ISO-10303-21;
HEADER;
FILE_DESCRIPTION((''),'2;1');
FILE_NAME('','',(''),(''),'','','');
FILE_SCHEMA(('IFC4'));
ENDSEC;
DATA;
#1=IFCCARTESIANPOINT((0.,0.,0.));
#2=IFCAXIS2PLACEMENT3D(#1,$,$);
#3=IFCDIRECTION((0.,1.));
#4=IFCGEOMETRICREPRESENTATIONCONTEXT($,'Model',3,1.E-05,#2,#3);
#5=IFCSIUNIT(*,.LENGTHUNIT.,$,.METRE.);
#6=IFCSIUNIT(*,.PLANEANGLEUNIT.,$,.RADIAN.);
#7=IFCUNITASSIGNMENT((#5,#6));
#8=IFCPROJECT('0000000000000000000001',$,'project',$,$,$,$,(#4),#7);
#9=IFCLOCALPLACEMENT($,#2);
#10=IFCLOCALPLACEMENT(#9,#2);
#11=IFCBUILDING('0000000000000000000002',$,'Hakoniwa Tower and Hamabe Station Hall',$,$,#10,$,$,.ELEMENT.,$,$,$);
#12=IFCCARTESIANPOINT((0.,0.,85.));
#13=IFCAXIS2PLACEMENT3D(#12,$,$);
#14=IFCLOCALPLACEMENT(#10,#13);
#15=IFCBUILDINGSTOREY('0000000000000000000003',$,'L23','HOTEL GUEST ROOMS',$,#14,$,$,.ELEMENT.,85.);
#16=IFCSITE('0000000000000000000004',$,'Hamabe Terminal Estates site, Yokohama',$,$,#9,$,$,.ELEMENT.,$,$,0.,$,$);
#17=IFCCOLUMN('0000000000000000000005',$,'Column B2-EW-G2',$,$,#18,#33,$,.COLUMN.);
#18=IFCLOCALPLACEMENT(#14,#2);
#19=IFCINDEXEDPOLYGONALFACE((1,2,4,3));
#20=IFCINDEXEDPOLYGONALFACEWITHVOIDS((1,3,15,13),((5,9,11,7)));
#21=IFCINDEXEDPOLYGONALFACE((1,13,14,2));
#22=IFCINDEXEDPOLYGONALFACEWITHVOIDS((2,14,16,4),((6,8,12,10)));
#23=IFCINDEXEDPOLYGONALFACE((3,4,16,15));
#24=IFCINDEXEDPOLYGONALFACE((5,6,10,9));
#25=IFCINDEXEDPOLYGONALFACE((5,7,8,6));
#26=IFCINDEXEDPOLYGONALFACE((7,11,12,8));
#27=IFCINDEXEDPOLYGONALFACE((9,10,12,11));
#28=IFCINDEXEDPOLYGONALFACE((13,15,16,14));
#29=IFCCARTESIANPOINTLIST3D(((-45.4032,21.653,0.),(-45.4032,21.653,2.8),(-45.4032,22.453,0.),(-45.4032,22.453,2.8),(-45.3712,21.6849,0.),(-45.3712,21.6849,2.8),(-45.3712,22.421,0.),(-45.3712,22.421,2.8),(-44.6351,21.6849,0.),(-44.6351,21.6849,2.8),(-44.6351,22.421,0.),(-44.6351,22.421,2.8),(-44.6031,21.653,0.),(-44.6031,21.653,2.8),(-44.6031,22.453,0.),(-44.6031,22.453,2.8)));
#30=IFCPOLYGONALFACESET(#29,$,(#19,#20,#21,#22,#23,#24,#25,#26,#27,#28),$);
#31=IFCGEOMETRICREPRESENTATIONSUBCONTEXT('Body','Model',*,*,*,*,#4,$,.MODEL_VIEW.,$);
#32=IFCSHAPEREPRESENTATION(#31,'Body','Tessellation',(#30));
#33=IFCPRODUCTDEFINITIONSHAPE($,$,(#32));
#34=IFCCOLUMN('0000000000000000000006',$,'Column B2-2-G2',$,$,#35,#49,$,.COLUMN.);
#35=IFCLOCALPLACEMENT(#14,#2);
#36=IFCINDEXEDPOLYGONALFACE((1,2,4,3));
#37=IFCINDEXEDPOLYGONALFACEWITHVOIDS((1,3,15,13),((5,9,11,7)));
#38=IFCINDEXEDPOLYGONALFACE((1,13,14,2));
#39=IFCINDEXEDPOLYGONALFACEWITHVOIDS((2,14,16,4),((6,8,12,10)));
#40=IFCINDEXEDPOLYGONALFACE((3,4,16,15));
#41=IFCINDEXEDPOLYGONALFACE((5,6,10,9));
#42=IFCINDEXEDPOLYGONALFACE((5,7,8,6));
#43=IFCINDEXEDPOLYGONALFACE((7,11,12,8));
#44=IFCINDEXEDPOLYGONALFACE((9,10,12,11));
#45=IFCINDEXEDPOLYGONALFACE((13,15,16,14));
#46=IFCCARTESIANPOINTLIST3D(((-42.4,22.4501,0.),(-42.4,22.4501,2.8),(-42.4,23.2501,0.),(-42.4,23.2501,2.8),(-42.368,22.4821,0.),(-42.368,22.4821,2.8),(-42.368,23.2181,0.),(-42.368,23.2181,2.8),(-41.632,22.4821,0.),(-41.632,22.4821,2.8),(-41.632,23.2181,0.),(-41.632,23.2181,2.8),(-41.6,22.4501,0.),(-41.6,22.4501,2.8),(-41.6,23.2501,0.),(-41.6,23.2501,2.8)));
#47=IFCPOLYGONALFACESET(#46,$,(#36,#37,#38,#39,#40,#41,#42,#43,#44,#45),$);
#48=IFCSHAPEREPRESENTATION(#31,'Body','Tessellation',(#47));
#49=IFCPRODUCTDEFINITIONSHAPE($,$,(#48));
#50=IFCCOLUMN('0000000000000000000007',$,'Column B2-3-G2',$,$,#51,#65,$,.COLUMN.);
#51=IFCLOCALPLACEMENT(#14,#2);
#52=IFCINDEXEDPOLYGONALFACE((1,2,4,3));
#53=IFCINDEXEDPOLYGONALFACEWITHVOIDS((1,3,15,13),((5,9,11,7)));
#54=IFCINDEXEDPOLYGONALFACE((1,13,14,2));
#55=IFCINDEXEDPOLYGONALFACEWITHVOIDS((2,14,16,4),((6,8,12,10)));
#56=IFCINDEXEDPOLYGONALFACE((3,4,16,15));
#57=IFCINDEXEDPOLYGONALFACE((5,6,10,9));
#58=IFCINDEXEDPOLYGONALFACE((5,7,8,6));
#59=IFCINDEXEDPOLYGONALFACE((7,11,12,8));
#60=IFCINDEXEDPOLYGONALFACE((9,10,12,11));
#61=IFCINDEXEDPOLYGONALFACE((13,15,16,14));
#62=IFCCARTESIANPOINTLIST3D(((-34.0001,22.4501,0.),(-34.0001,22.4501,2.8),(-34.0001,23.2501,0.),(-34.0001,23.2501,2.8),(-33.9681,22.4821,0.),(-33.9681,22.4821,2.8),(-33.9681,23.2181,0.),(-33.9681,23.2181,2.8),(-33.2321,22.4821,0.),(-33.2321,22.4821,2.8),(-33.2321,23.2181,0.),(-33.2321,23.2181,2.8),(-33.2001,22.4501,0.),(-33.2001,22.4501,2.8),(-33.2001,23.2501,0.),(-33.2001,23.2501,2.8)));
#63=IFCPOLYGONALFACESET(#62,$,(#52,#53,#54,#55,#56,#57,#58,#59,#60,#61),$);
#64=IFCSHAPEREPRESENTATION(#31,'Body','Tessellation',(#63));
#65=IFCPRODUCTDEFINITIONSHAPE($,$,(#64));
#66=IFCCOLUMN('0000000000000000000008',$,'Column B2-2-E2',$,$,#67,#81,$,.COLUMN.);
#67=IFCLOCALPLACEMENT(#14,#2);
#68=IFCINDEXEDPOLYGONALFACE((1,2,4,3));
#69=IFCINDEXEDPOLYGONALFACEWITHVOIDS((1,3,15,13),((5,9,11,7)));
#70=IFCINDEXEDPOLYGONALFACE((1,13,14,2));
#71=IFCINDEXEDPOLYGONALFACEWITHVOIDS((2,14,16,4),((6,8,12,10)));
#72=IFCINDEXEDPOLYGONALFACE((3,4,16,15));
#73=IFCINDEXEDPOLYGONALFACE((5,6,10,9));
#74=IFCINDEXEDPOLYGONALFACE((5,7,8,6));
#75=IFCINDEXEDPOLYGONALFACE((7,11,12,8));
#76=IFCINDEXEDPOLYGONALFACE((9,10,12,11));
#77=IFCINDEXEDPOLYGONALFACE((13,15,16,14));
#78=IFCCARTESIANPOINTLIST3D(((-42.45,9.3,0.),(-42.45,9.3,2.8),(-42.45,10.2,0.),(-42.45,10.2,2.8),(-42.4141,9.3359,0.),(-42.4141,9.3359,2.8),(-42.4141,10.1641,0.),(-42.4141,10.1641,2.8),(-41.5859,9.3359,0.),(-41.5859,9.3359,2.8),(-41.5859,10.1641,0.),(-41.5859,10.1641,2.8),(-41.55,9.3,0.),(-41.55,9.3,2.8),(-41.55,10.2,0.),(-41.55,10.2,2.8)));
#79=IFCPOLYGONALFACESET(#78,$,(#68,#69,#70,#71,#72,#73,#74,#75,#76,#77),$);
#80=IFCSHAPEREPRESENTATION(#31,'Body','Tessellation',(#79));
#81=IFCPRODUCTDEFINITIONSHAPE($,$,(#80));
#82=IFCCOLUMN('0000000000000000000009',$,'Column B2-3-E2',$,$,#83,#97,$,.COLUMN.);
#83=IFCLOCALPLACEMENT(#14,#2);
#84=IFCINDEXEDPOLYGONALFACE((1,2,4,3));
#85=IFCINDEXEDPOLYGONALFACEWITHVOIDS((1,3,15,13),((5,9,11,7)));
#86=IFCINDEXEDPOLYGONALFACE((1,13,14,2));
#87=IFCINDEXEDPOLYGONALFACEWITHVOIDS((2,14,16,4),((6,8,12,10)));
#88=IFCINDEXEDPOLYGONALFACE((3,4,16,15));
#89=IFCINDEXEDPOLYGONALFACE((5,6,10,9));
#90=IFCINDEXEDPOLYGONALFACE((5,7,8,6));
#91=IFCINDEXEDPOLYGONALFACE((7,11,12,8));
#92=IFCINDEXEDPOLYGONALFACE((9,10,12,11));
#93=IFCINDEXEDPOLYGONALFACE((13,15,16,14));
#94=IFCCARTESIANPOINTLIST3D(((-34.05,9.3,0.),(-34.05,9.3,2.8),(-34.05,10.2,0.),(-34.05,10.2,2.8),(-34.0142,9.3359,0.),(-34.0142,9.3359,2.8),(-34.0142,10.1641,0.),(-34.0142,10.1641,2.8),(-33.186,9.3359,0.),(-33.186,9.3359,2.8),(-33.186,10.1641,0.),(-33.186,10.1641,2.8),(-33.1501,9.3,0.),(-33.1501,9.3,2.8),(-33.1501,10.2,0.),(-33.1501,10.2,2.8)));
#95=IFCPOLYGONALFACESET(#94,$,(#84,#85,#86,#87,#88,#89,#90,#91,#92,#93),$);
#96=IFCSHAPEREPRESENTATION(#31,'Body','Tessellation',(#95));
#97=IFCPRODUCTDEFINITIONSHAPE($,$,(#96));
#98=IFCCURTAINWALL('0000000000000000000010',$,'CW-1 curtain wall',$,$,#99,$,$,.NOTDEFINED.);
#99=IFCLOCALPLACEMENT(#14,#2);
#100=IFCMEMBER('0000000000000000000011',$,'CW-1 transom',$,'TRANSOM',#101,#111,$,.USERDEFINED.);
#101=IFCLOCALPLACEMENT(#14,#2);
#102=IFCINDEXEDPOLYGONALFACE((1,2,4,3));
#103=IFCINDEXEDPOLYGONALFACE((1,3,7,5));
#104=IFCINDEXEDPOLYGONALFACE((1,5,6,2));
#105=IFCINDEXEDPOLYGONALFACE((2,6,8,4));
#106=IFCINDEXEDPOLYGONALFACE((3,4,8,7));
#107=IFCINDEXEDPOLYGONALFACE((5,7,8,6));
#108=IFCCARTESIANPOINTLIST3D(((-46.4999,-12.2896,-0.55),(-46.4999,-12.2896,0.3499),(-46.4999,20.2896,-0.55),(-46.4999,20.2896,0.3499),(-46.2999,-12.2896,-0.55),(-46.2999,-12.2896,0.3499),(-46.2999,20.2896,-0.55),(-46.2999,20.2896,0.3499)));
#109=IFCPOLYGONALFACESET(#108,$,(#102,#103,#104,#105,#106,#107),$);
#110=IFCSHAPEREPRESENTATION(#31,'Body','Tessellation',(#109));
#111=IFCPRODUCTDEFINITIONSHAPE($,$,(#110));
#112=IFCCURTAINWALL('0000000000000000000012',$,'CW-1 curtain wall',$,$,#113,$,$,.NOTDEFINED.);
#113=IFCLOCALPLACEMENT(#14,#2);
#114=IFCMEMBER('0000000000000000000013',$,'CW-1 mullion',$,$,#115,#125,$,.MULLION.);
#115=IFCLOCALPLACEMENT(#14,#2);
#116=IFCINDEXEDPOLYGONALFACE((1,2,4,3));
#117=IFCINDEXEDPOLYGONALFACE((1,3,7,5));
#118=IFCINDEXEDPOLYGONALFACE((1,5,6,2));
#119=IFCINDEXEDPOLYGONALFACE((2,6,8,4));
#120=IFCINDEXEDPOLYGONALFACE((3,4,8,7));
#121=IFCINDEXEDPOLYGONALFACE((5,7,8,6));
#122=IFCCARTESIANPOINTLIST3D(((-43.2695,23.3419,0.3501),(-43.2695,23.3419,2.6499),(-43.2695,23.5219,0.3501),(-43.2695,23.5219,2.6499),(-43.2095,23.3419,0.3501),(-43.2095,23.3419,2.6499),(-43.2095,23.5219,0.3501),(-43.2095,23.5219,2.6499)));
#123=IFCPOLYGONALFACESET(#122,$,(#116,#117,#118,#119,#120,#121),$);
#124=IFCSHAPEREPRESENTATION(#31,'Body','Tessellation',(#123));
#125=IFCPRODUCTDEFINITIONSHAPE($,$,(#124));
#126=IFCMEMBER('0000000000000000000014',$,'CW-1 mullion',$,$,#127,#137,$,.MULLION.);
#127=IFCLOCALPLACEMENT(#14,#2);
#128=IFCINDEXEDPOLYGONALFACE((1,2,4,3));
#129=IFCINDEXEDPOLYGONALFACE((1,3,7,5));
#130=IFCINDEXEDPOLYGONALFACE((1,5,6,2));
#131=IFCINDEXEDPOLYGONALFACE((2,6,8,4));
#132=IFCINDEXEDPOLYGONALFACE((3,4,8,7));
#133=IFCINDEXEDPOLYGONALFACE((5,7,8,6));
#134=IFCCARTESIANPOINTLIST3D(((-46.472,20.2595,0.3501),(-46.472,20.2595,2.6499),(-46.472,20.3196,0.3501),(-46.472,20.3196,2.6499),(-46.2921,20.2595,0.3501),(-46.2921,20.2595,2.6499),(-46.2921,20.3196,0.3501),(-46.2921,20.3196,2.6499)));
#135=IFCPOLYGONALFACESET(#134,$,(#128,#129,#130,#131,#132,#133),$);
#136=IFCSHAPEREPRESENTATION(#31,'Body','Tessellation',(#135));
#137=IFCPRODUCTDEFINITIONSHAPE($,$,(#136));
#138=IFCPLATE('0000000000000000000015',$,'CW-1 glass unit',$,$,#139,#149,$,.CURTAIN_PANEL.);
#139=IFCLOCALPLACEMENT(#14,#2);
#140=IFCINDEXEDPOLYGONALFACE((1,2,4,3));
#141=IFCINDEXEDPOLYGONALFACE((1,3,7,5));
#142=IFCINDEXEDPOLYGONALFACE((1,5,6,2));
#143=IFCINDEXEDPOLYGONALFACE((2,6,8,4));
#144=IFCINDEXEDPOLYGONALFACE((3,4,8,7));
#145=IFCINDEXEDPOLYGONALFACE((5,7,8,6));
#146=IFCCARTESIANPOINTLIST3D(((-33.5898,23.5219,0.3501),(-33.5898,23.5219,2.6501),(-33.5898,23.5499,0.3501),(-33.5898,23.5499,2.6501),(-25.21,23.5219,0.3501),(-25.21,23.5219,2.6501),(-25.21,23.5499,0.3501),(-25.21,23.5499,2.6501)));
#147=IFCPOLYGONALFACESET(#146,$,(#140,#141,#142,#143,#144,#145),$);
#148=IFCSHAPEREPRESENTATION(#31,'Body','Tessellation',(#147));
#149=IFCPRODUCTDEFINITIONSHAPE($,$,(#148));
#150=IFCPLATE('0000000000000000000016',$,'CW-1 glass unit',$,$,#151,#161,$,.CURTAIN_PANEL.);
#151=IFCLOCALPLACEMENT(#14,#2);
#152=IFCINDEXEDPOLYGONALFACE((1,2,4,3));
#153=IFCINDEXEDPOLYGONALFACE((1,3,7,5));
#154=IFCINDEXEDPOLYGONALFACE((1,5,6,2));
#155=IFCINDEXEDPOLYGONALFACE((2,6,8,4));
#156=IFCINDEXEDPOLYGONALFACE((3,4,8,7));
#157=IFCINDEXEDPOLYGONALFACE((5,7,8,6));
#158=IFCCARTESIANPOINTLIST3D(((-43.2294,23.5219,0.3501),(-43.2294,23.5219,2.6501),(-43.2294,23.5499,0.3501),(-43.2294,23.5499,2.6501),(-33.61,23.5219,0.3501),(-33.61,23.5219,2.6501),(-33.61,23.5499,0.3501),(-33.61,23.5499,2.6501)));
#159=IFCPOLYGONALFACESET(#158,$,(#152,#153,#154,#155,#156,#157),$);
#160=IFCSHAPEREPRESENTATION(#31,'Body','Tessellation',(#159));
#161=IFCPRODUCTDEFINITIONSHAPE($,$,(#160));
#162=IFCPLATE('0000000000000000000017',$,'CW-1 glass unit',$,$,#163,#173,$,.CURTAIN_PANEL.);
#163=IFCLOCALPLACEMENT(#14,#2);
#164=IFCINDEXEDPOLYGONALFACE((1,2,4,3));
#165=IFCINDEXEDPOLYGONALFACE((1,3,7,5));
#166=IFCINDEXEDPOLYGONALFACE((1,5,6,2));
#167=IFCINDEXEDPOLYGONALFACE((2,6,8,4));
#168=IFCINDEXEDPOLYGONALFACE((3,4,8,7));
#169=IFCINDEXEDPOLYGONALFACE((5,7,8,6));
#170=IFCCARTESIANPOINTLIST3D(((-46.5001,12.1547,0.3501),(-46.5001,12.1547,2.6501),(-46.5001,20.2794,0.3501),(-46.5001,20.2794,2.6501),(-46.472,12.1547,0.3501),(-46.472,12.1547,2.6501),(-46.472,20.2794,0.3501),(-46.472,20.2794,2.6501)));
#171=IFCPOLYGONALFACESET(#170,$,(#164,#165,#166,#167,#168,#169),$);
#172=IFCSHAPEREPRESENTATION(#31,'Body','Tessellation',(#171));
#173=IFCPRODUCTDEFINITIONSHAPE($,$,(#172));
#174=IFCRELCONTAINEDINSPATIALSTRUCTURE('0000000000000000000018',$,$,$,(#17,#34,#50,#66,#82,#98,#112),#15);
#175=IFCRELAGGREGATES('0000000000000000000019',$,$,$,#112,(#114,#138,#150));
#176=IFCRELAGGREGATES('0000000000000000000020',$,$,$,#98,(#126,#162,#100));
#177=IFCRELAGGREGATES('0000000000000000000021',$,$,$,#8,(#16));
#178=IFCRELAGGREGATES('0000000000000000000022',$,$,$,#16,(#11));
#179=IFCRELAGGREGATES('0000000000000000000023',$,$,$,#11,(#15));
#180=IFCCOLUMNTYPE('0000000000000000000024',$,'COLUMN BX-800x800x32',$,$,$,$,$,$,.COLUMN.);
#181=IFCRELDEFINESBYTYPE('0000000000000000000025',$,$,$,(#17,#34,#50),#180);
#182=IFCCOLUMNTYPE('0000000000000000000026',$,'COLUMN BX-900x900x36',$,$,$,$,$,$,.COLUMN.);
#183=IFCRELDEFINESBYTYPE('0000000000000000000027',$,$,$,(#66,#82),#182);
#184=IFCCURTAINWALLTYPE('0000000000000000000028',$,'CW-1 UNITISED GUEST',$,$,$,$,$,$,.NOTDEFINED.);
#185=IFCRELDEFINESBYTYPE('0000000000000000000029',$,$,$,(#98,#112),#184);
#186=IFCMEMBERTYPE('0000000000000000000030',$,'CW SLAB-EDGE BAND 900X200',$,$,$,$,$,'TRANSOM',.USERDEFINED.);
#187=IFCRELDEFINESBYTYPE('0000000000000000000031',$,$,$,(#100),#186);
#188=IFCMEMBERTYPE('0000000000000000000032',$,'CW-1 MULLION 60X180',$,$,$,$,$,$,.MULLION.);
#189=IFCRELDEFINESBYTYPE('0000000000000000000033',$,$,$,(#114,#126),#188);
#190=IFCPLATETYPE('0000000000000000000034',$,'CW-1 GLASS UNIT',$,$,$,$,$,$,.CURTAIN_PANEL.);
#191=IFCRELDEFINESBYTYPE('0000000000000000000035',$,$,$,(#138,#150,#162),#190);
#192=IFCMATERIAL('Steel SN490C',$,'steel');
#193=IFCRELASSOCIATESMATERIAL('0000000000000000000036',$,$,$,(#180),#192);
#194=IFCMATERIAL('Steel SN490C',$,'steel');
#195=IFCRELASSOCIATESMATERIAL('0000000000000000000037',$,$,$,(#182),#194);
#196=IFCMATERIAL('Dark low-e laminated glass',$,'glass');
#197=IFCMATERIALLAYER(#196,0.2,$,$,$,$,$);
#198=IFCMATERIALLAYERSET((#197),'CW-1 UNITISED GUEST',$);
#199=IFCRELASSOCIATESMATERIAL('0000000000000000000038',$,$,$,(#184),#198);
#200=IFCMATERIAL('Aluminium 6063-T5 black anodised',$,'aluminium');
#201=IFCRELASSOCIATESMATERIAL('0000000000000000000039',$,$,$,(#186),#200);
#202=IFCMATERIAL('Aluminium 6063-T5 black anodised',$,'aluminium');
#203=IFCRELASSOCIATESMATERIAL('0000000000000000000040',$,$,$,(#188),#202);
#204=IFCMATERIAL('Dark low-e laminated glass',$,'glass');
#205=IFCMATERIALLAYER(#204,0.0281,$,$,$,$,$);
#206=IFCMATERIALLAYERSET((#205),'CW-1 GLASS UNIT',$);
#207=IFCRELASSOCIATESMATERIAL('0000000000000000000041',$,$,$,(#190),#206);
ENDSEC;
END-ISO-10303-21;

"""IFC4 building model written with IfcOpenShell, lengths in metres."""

from ifc_helpers import new_model, si_unit, direction, frame, origin, origin_2d, place, context, subcontext, project, spatial, rectangle, hollow_rectangle, extrude, material, layer, layer_set, material_profile, profile_set, type_object, element, aggregate, save


model = new_model("IFC4")

# Units and contexts
model_context = context("Model", 3, precision=1e-05, world=origin(), true_north=direction((0.0, 1.0)))
body_context = subcontext(model_context, "Body", "Model", "MODEL_VIEW")
ifc_project = project(units=[si_unit("LENGTHUNIT", "METRE"), si_unit("PLANEANGLEUNIT", "RADIAN")], contexts=[model_context])

# Site, building, storey
site_placement = place(None, origin())
site = spatial("IfcSite", under=ifc_project, at=site_placement, Name="Hamabe Terminal Estates site, Yokohama", CompositionType="ELEMENT", RefElevation=0.0)
building_placement = place(site_placement, origin())
building = spatial("IfcBuilding", under=site, at=building_placement, Name="Hakoniwa Tower and Hamabe Station Hall", CompositionType="ELEMENT")
storey_placement = place(building_placement, frame((0.0, 0.0, 85.0)))
storey = spatial("IfcBuildingStorey", under=building, at=storey_placement, Name="L23", Description="HOTEL GUEST ROOMS", CompositionType="ELEMENT", Elevation=85.0)

# Columns
ifc_material_1 = material(Name="Steel SN490C", Category="steel")
ifc_material_profile_1 = material_profile(ifc_material_1, hollow_rectangle(XDim=0.8, YDim=0.8, WallThickness=0.032, at=origin_2d()), Name="BX-800x800x32")
ifc_profile_set_1 = profile_set([ifc_material_profile_1], Name="Steel SN490C")
column_type_1 = type_object("IfcColumnType", Name="COLUMN BX-800x800x32", PredefinedType="COLUMN", material=ifc_profile_set_1)
for number, where, z_axis, x_axis, name in (
    (1, (-45.0032, 22.053, 0.0), (0.0, 0.0, 1.0), (1.0, 0.0, 0.0), "Column B2-EW-G2"),
    (2, (-42.0, 22.8501, 0.0), (0.0, 0.0, 1.0), (1.0, 0.0, 0.0), "Column B2-2-G2"),
    (3, (-33.6001, 22.8501, 0.0), (0.0, 0.0, 1.0), (1.0, 0.0, 0.0), "Column B2-3-G2"),
):
    element("IfcColumn", number, at=place(storey_placement, frame(where, z_axis=z_axis, x_axis=x_axis)), inside=storey, type_object=column_type_1, Name=name, PredefinedType="COLUMN", context=body_context, shape_type="SweptSolid", body=[
        extrude(hollow_rectangle(XDim=0.8, YDim=0.8, WallThickness=0.032, at=origin_2d()), origin(), (0.0, 0.0, 1.0), 2.8),
    ])
ifc_material_2 = material(Name="Steel SN490C", Category="steel")
ifc_material_profile_2 = material_profile(ifc_material_2, hollow_rectangle(XDim=0.8999, YDim=0.8999, WallThickness=0.0359, at=origin_2d()), Name="BX-900x900x36")
ifc_profile_set_2 = profile_set([ifc_material_profile_2], Name="Steel SN490C")
column_type_2 = type_object("IfcColumnType", Name="COLUMN BX-900x900x36", PredefinedType="COLUMN", material=ifc_profile_set_2)
for number, where, z_axis, x_axis, name in (
    (4, (-42.0, 9.75, 0.0), (0.0, 0.0, 1.0), (1.0, 0.0, 0.0), "Column B2-2-E2"),
    (5, (-33.6001, 9.75, 0.0), (0.0, 0.0, 1.0), (1.0, 0.0, 0.0), "Column B2-3-E2"),
):
    element("IfcColumn", number, at=place(storey_placement, frame(where, z_axis=z_axis, x_axis=x_axis)), inside=storey, type_object=column_type_2, Name=name, PredefinedType="COLUMN", context=body_context, shape_type="SweptSolid", body=[
        extrude(hollow_rectangle(XDim=0.8999, YDim=0.8999, WallThickness=0.0359, at=origin_2d()), origin(), (0.0, 0.0, 1.0), 2.8),
    ])

# Curtain walls, members
ifc_material_3 = material(Name="Dark low-e laminated glass", Category="glass")
ifc_layer_1 = layer(ifc_material_3, 0.2)
ifc_layer_set_1 = layer_set([ifc_layer_1], Name="CW-1 UNITISED GUEST")
curtain_wall_type = type_object("IfcCurtainWallType", Name="CW-1 UNITISED GUEST", PredefinedType="NOTDEFINED", material=ifc_layer_set_1)
curtain_wall_1_placement = place(storey_placement, origin())
curtain_wall_1 = element("IfcCurtainWall", 6, at=curtain_wall_1_placement, inside=storey, type_object=curtain_wall_type, Name="CW-1 curtain wall", PredefinedType="NOTDEFINED")
ifc_material_4 = material(Name="Aluminium 6063-T5 black anodised", Category="aluminium")
ifc_material_profile_3 = material_profile(ifc_material_4, rectangle(XDim=0.2, YDim=0.8999, at=origin_2d()), Name="CW SLAB-EDGE BAND 900X200")
ifc_profile_set_3 = profile_set([ifc_material_profile_3], Name="Aluminium 6063-T5 black anodised")
member_type_1 = type_object("IfcMemberType", Name="CW SLAB-EDGE BAND 900X200", ElementType="TRANSOM", PredefinedType="USERDEFINED", material=ifc_profile_set_3)
member_1_placement = place(storey_placement, frame((-46.3999, 20.2896, -0.1001), z_axis=(0.0, -1.0, 0.0), x_axis=(1.0, 0.0, 0.0)))
member_1 = element("IfcMember", 7, at=member_1_placement, type_object=member_type_1, Name="CW-1 transom", ObjectType="TRANSOM", PredefinedType="USERDEFINED", context=body_context, shape_type="SweptSolid", body=[
    extrude(rectangle(XDim=0.2, YDim=0.8999, at=origin_2d()), origin(), (0.0, 0.0, 1.0), 32.5791),
])
curtain_wall_2_placement = place(storey_placement, origin())
curtain_wall_2 = element("IfcCurtainWall", 8, at=curtain_wall_2_placement, inside=storey, type_object=curtain_wall_type, Name="CW-1 curtain wall", PredefinedType="NOTDEFINED")
ifc_material_5 = material(Name="Aluminium 6063-T5 black anodised", Category="aluminium")
ifc_material_profile_4 = material_profile(ifc_material_5, rectangle(XDim=0.0601, YDim=0.1799, at=origin_2d()), Name="CW-1 MULLION 60X180")
ifc_profile_set_4 = profile_set([ifc_material_profile_4], Name="Aluminium 6063-T5 black anodised")
member_type_2 = type_object("IfcMemberType", Name="CW-1 MULLION 60X180", PredefinedType="MULLION", material=ifc_profile_set_4)
member_2_placement = place(storey_placement, frame((-43.2395, 23.4319, 0.3501), z_axis=(0.0, 0.0, 1.0), x_axis=(-1.0, 0.0, 0.0)))
member_2 = element("IfcMember", 9, at=member_2_placement, type_object=member_type_2, Name="CW-1 mullion", PredefinedType="MULLION", context=body_context, shape_type="SweptSolid", body=[
    extrude(rectangle(XDim=0.0601, YDim=0.1799, at=origin_2d()), origin(), (0.0, 0.0, 1.0), 2.2998),
])

# Member
member_3_placement = place(storey_placement, frame((-46.3821, 20.2896, 0.3501), z_axis=(0.0, 0.0, 1.0), x_axis=(0.0, -1.0, 0.0)))
member_3 = element("IfcMember", 10, at=member_3_placement, type_object=member_type_2, Name="CW-1 mullion", PredefinedType="MULLION", context=body_context, shape_type="SweptSolid", body=[
    extrude(rectangle(XDim=0.0601, YDim=0.1799, at=origin_2d()), origin(), (0.0, 0.0, 1.0), 2.2998),
])

# Plates
ifc_material_6 = material(Name="Dark low-e laminated glass", Category="glass")
ifc_layer_2 = layer(ifc_material_6, 0.0281)
ifc_layer_set_2 = layer_set([ifc_layer_2], Name="CW-1 GLASS UNIT")
plate_type = type_object("IfcPlateType", Name="CW-1 GLASS UNIT", PredefinedType="CURTAIN_PANEL", material=ifc_layer_set_2)
plate_1_placement = place(storey_placement, frame((-29.3999, 23.5359, 0.3501), z_axis=(0.0, 0.0, 1.0), x_axis=(-1.0, 0.0, 0.0)))
plate_1 = element("IfcPlate", 11, at=plate_1_placement, type_object=plate_type, Name="CW-1 glass unit", PredefinedType="CURTAIN_PANEL", context=body_context, shape_type="SweptSolid", body=[
    extrude(rectangle(XDim=8.3799, YDim=0.0281, at=origin_2d()), origin(), (0.0, 0.0, 1.0), 2.3),
])
plate_2_placement = place(storey_placement, frame((-38.4197, 23.5359, 0.3501), z_axis=(0.0, 0.0, 1.0), x_axis=(-1.0, 0.0, 0.0)))
plate_2 = element("IfcPlate", 12, at=plate_2_placement, type_object=plate_type, Name="CW-1 glass unit", PredefinedType="CURTAIN_PANEL", context=body_context, shape_type="SweptSolid", body=[
    extrude(rectangle(XDim=9.6194, YDim=0.0281, at=origin_2d()), origin(), (0.0, 0.0, 1.0), 2.3),
])
aggregate(curtain_wall_2, [member_2, plate_1, plate_2])
plate_3_placement = place(storey_placement, frame((-46.4861, 16.217, 0.3501), z_axis=(0.0, 0.0, 1.0), x_axis=(0.0, -1.0, 0.0)))
plate_3 = element("IfcPlate", 13, at=plate_3_placement, type_object=plate_type, Name="CW-1 glass unit", PredefinedType="CURTAIN_PANEL", context=body_context, shape_type="SweptSolid", body=[
    extrude(rectangle(XDim=8.1248, YDim=0.0281, at=origin_2d()), origin(), (0.0, 0.0, 1.0), 2.3),
])
aggregate(curtain_wall_1, [member_3, plate_3, member_1])

save(model, "model.ifc")
